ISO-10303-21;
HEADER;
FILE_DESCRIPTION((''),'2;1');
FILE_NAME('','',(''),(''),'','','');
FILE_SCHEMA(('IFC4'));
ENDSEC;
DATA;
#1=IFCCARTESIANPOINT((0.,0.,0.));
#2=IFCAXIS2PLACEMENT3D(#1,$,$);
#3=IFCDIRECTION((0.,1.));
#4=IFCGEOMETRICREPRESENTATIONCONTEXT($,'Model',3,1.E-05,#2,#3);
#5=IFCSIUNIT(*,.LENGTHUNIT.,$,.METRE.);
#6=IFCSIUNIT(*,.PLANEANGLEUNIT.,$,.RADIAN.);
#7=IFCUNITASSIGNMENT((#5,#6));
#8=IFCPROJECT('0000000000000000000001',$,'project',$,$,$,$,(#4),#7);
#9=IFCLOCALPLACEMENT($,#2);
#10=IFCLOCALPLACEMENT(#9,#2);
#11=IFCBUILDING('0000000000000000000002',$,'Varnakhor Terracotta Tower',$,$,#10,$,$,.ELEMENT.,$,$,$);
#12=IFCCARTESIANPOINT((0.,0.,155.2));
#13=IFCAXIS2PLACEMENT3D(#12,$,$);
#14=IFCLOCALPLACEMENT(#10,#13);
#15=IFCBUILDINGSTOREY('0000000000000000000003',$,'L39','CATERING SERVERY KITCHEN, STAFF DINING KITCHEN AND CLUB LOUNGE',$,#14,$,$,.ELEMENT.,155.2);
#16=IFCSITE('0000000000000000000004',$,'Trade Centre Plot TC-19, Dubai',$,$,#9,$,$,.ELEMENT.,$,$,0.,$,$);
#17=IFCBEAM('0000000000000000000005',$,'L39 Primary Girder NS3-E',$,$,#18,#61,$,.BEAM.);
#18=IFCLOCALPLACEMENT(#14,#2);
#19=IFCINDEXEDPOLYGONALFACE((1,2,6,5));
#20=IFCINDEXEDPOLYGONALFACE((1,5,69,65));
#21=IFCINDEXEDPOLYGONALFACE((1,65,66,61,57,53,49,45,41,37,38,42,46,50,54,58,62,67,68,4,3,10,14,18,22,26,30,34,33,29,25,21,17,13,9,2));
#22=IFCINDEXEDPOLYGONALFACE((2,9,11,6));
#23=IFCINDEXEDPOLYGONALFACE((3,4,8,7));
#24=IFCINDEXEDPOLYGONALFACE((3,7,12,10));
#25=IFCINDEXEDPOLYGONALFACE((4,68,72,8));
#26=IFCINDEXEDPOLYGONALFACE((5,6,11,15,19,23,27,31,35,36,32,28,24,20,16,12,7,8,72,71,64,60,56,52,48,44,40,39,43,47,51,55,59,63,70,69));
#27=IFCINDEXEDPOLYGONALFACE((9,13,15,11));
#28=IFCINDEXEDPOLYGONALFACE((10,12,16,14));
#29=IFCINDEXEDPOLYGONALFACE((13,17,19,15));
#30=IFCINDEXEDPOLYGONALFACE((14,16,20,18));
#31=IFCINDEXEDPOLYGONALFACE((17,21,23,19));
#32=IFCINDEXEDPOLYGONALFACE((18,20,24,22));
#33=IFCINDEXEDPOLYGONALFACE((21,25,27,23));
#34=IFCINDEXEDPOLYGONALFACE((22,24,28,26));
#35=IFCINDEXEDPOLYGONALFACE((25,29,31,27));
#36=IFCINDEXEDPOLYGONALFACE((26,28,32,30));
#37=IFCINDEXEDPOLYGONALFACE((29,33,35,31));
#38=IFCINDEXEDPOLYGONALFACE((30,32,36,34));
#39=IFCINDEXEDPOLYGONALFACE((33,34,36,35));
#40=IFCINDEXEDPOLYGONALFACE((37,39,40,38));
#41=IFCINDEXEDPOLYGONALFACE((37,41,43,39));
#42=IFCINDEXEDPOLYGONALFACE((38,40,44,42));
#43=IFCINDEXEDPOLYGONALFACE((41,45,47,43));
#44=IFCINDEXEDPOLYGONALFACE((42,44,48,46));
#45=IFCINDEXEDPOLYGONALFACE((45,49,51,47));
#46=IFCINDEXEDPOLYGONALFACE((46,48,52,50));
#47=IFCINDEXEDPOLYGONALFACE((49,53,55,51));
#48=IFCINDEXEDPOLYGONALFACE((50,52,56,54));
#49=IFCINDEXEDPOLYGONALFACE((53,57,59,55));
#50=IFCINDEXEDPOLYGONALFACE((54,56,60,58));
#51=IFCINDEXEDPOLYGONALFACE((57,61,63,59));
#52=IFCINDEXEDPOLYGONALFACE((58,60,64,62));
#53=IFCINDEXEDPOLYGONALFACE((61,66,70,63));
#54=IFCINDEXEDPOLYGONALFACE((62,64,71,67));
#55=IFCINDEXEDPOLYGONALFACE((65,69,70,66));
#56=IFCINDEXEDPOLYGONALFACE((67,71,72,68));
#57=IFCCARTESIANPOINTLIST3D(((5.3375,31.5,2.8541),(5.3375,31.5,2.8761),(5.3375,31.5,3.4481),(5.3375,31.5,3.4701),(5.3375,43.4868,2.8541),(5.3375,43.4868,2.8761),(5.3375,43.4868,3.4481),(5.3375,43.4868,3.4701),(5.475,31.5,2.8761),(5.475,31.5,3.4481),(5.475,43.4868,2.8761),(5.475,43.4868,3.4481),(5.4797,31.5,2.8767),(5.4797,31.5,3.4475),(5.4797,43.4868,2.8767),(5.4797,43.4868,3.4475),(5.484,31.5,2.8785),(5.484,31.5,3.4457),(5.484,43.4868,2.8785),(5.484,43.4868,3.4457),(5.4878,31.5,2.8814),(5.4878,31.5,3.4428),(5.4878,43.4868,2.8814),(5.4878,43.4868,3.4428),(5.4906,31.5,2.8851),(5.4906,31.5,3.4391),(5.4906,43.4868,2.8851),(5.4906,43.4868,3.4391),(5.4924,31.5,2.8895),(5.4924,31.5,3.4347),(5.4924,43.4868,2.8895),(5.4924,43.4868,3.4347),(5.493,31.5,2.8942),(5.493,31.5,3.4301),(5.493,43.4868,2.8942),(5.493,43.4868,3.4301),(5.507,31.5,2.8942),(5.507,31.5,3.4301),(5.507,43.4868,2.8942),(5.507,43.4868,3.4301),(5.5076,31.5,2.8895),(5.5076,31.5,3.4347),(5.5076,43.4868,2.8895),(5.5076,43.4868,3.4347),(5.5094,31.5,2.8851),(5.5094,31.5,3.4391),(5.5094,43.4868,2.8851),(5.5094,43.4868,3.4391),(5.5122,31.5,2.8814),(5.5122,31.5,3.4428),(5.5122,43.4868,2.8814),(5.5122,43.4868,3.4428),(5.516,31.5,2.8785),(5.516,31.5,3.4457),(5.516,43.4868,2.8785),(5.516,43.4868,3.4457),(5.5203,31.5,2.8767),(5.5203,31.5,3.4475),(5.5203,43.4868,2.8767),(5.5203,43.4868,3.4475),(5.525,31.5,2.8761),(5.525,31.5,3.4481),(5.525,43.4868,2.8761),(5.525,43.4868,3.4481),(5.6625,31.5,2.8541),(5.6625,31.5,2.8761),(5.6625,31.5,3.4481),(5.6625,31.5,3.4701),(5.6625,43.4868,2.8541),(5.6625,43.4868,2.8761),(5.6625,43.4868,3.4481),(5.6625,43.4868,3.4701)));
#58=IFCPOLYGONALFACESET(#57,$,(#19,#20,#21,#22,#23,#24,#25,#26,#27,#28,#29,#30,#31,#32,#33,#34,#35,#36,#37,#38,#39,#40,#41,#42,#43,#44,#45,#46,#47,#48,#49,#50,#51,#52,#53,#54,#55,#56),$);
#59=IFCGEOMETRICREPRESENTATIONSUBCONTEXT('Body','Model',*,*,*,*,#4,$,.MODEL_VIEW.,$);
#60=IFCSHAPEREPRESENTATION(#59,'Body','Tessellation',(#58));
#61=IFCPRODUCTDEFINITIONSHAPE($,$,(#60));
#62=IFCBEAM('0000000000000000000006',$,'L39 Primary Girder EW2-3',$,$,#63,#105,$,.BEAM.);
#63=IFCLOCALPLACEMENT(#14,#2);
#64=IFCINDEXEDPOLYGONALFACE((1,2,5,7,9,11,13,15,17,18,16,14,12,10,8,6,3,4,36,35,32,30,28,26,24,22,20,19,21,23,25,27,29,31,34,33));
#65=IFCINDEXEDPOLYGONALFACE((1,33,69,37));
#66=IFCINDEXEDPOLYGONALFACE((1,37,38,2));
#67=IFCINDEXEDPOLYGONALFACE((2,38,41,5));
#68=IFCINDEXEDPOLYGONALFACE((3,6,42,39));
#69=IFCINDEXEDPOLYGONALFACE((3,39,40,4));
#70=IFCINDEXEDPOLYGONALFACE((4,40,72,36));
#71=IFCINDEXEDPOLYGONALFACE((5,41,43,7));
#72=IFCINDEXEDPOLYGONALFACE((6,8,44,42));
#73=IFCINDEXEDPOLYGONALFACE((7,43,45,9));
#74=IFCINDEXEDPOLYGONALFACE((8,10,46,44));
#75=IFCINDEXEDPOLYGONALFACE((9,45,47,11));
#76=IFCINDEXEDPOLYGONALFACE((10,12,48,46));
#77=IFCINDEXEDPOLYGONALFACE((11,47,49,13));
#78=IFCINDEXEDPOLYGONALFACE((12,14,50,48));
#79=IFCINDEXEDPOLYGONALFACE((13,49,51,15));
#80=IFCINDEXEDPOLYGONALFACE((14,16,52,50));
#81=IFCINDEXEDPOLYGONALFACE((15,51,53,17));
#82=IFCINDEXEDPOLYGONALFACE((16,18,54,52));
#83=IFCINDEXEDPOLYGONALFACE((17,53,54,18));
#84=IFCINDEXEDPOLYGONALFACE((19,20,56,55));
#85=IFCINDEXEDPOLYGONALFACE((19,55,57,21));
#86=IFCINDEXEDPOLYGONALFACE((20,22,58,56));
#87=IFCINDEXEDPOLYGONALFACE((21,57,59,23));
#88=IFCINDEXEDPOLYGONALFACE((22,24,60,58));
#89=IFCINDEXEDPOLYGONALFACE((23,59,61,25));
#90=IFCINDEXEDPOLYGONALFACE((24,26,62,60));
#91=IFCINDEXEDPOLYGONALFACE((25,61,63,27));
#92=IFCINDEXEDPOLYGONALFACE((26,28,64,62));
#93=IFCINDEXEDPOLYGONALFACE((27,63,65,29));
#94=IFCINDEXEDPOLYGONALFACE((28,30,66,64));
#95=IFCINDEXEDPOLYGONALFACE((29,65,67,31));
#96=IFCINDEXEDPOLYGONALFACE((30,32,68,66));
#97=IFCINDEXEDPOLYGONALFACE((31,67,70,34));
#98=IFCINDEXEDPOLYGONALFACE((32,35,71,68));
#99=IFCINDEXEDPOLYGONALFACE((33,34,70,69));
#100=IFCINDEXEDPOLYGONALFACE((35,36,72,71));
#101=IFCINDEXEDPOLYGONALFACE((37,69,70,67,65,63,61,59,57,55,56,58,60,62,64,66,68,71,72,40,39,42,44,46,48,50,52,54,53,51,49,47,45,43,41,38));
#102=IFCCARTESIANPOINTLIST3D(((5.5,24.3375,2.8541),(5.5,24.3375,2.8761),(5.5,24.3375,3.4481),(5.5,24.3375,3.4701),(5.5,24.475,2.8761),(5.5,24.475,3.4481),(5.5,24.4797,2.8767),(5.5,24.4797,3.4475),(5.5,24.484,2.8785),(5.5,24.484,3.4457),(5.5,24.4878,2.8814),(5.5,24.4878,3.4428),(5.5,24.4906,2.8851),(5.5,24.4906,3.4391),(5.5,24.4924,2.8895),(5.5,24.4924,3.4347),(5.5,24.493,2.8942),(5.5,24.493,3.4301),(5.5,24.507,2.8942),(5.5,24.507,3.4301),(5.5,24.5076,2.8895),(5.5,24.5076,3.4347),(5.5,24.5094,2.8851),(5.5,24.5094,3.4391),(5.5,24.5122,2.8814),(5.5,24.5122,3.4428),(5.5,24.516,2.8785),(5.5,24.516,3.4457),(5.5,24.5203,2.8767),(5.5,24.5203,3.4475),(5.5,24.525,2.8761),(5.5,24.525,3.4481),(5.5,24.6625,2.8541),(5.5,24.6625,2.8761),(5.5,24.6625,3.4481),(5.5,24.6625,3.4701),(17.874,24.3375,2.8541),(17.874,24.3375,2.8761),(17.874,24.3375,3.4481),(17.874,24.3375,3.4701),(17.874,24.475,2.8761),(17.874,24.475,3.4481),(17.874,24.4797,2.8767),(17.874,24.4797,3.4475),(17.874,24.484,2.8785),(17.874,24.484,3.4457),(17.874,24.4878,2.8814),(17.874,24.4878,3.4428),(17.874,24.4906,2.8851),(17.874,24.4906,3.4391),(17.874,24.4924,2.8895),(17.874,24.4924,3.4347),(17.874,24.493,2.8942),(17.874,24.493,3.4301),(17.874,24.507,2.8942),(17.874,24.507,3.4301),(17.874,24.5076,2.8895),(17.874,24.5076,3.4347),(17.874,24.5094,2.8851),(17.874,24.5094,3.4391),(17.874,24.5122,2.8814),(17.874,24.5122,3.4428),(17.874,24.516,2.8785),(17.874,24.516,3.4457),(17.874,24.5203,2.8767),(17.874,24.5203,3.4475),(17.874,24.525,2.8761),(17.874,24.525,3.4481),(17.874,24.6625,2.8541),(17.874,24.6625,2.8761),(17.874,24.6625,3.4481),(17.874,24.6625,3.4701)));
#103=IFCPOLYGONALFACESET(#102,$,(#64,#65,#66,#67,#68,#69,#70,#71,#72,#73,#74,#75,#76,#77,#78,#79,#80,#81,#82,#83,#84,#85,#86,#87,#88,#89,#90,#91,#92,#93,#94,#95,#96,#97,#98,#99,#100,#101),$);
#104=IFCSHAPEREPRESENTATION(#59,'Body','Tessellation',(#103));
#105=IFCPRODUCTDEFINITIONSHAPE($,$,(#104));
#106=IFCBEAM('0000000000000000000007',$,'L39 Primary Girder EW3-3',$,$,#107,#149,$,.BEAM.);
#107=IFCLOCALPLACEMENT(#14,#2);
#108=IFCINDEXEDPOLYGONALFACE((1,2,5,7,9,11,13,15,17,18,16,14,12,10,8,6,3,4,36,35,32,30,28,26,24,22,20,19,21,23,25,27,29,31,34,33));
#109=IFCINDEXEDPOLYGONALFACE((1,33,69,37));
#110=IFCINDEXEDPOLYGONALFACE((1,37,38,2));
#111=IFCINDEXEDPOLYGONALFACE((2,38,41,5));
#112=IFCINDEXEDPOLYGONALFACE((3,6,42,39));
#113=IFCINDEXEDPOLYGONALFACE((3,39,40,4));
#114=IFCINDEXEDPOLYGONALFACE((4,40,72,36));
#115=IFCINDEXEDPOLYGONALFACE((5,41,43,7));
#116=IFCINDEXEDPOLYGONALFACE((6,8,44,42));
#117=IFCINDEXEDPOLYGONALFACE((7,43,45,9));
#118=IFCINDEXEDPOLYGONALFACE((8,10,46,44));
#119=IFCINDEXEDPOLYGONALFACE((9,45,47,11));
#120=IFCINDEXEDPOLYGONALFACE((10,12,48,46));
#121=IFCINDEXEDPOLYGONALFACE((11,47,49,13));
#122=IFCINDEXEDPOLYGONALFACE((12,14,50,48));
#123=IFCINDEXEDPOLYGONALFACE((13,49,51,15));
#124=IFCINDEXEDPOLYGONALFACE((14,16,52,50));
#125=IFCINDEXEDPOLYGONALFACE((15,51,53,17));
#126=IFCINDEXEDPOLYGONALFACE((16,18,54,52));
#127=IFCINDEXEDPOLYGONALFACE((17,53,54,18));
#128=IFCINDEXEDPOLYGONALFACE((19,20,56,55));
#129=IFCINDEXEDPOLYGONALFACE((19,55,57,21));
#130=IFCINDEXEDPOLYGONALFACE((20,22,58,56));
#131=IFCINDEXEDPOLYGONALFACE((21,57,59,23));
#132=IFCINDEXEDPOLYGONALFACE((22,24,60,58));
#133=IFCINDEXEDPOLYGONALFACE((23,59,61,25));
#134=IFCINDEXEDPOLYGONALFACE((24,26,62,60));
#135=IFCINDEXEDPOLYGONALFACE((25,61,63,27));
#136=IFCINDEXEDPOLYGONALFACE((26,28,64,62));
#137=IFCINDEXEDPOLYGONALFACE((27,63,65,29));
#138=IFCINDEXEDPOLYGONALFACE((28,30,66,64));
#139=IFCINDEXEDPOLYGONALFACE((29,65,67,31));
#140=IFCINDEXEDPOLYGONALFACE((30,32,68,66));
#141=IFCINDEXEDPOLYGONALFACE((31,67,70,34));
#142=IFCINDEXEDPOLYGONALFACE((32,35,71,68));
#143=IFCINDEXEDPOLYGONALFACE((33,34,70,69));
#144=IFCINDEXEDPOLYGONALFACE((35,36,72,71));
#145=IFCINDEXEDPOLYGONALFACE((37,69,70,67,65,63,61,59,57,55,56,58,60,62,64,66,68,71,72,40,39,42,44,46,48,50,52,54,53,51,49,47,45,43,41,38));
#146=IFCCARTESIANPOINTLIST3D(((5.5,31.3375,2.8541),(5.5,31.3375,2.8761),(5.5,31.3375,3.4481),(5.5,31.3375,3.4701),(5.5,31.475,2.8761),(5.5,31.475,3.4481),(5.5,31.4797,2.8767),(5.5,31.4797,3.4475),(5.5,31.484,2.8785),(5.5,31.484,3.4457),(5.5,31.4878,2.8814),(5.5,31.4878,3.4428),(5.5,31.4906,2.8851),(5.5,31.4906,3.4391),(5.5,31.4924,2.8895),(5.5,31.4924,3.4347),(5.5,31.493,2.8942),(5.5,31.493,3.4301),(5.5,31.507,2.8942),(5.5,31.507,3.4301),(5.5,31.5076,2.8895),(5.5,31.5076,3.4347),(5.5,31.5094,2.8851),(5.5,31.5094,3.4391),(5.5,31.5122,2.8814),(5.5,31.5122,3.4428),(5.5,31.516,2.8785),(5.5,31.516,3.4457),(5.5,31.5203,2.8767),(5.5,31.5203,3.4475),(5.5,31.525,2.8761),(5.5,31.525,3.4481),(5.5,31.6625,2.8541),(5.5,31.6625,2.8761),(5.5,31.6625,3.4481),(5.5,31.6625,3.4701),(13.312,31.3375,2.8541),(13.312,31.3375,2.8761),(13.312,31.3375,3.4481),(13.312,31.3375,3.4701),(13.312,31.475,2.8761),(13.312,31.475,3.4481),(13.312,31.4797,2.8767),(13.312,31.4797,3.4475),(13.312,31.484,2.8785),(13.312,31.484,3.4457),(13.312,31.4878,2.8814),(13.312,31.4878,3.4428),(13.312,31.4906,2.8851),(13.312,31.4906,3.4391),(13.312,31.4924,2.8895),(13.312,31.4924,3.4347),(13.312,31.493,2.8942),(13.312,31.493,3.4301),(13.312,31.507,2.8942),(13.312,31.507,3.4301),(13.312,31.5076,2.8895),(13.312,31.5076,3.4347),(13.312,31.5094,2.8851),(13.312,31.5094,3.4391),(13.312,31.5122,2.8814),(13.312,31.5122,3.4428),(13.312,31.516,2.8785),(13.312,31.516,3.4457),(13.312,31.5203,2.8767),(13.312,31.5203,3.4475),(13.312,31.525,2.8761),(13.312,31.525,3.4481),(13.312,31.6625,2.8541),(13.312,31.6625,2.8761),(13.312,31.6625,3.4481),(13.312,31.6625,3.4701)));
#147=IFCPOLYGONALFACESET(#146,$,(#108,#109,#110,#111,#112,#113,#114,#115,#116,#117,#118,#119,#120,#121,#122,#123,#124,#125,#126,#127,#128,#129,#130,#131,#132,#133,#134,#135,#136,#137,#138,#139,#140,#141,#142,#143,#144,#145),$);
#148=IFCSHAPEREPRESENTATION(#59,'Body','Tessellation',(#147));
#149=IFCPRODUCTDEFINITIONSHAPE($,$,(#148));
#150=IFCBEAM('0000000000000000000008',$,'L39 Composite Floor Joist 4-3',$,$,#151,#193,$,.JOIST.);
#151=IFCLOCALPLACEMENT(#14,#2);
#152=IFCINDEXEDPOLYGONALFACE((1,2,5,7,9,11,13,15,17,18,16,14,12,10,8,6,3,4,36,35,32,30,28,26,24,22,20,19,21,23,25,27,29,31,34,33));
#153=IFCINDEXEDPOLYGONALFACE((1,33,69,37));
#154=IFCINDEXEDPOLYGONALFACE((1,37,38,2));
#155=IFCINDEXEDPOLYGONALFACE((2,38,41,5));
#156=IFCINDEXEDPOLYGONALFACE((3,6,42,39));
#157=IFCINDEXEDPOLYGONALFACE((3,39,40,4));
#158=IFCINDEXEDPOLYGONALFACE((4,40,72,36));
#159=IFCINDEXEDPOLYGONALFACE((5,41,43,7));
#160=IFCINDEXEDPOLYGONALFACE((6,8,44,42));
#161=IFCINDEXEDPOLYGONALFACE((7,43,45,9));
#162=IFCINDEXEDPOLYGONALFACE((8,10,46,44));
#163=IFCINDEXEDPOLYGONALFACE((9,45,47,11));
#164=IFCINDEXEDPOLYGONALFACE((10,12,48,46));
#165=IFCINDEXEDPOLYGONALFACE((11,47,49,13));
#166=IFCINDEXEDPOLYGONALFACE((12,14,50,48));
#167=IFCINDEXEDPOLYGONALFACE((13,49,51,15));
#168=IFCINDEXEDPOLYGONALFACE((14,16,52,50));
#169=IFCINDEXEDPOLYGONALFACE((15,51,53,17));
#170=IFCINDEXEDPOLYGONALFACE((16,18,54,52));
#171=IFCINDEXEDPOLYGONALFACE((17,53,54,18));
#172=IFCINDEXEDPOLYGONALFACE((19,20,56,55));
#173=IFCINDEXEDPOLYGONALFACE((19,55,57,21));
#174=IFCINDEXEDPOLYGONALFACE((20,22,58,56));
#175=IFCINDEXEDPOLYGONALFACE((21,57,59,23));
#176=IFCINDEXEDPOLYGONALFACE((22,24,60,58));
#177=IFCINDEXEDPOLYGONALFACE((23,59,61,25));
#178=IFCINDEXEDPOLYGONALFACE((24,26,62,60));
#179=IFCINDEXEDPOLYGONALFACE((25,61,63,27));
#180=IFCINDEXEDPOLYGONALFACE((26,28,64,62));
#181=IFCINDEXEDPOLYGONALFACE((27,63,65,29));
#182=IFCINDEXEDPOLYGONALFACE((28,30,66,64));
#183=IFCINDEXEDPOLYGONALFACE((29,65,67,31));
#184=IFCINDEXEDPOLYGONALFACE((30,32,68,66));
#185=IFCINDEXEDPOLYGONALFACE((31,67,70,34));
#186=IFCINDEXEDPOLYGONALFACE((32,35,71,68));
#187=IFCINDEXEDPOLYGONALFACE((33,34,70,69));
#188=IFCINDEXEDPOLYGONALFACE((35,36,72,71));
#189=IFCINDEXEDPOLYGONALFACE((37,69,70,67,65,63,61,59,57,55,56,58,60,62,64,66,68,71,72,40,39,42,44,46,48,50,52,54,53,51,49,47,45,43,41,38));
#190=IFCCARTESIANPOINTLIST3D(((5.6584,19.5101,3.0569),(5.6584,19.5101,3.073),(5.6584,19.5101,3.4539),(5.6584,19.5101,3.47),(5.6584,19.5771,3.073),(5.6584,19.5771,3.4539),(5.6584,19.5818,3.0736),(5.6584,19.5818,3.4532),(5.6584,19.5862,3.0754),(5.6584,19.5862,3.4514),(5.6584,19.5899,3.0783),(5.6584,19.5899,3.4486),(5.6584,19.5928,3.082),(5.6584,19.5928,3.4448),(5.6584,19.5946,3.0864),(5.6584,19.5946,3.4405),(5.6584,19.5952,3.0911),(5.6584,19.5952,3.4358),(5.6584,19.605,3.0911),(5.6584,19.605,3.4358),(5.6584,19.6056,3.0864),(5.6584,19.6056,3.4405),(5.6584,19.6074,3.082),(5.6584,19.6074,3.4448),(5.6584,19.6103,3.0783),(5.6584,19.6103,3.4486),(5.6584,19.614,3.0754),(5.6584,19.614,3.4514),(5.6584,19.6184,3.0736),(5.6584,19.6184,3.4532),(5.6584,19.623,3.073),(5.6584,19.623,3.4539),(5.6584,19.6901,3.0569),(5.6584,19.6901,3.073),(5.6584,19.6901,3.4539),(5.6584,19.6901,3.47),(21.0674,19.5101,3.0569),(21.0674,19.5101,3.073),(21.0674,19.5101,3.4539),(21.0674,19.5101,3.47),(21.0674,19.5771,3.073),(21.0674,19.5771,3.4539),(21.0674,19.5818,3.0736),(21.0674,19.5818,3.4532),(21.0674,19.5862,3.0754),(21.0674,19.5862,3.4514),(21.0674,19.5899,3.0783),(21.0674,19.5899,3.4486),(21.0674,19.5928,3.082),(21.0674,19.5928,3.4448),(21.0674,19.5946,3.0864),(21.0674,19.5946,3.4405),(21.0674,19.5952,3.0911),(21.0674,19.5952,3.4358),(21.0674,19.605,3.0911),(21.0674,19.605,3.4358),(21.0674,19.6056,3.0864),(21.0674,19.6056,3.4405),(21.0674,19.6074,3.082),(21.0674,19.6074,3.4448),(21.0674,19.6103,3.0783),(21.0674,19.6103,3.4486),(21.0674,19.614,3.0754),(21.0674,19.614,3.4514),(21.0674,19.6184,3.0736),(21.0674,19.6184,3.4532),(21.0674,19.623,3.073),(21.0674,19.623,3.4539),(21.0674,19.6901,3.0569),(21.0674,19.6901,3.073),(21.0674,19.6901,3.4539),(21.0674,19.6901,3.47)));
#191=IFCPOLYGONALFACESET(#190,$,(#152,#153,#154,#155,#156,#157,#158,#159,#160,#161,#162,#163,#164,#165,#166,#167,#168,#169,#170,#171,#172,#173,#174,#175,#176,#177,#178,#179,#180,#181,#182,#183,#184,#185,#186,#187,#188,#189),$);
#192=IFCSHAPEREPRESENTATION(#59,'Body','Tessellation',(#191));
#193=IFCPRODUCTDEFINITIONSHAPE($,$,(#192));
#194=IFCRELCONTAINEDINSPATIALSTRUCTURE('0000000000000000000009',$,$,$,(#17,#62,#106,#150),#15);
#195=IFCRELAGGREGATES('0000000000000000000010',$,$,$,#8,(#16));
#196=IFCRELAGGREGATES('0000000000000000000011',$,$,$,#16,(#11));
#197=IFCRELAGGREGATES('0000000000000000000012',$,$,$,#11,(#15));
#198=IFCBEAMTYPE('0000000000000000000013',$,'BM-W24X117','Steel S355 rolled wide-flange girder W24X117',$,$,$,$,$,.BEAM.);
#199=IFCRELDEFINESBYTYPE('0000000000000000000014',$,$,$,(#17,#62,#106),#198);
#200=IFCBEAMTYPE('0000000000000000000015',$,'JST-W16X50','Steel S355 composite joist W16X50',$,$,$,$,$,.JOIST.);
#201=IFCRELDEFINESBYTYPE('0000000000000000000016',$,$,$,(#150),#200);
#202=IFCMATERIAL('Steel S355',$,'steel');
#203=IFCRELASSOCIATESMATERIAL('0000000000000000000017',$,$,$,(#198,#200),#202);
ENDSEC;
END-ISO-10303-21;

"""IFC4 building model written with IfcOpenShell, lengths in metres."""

from ifc_helpers import new_model, si_unit, direction, frame, origin, origin_2d, place, context, subcontext, project, spatial, i_section, extrude, source, transform, mapped, material, material_profile, profile_set, type_object, element, save


model = new_model("IFC4")

# Units and contexts
model_context = context("Model", 3, precision=1e-05, world=origin(), true_north=direction((0.0, 1.0)))
body_context = subcontext(model_context, "Body", "Model", "MODEL_VIEW")
ifc_project = project(units=[si_unit("LENGTHUNIT", "METRE"), si_unit("PLANEANGLEUNIT", "RADIAN")], contexts=[model_context])

# Site, building, storey
site_placement = place(None, origin())
site = spatial("IfcSite", under=ifc_project, at=site_placement, Name="Trade Centre Plot TC-19, Dubai", CompositionType="ELEMENT", RefElevation=0.0)
building_placement = place(site_placement, origin())
building = spatial("IfcBuilding", under=site, at=building_placement, Name="Varnakhor Terracotta Tower", CompositionType="ELEMENT")
storey_placement = place(building_placement, frame((0.0, 0.0, 155.2)))
storey = spatial("IfcBuildingStorey", under=building, at=storey_placement, Name="L39", Description="CATERING SERVERY KITCHEN, STAFF DINING KITCHEN AND CLUB LOUNGE", CompositionType="ELEMENT", Elevation=155.2)

# Beams
ifc_material_1 = material(Name="Steel S355", Category="steel")
ifc_material_profile_1 = material_profile(ifc_material_1, i_section(OverallWidth=0.325, OverallDepth=0.616, WebThickness=0.0139, FlangeThickness=0.022, FilletRadius=0.0181, at=origin_2d()), Name="W24X117")
ifc_profile_set_1 = profile_set([ifc_material_profile_1], Name="Steel S355")
beam_type_1 = type_object("IfcBeamType", Name="BM-W24X117", Description="Steel S355 rolled wide-flange girder W24X117", PredefinedType="BEAM", material=ifc_profile_set_1)
shared_shape_1 = source(origin(), body_context, "Body", "SweptSolid", [
    extrude(i_section(OverallWidth=0.325, OverallDepth=0.616, WebThickness=0.0139, FlangeThickness=0.022, FilletRadius=0.0181, at=origin_2d()), origin(), (0.0, 0.0, 1.0), 11.9868),
])
beam_1_placement = place(storey_placement, frame((5.5, 31.5, 3.1621), z_axis=(0.0, 1.0, 0.0), x_axis=(-1.0, 0.0, 0.0)))
element("IfcBeam", 1, at=beam_1_placement, inside=storey, type_object=beam_type_1, Name="L39 Primary Girder NS3-E", PredefinedType="BEAM", context=body_context, shape_type="MappedRepresentation", body=[
    mapped(shared_shape_1, transform((0.0, 0.0, 0.0), scale=1.0)),
])
shared_shape_2 = source(origin(), body_context, "Body", "SweptSolid", [
    extrude(i_section(OverallWidth=0.325, OverallDepth=0.616, WebThickness=0.0139, FlangeThickness=0.022, FilletRadius=0.0181, at=origin_2d()), origin(), (0.0, 0.0, 1.0), 12.374),
])
beam_2_placement = place(storey_placement, frame((5.5, 24.5, 3.1621), z_axis=(1.0, 0.0, 0.0), x_axis=(0.0, 1.0, 0.0)))
element("IfcBeam", 2, at=beam_2_placement, inside=storey, type_object=beam_type_1, Name="L39 Primary Girder EW2-3", PredefinedType="BEAM", context=body_context, shape_type="MappedRepresentation", body=[
    mapped(shared_shape_2, transform((0.0, 0.0, 0.0), scale=1.0)),
])
shared_shape_3 = source(origin(), body_context, "Body", "SweptSolid", [
    extrude(i_section(OverallWidth=0.325, OverallDepth=0.616, WebThickness=0.0139, FlangeThickness=0.022, FilletRadius=0.0181, at=origin_2d()), origin(), (0.0, 0.0, 1.0), 7.812),
])
beam_3_placement = place(storey_placement, frame((5.5, 31.5, 3.1621), z_axis=(1.0, 0.0, 0.0), x_axis=(0.0, 1.0, 0.0)))
element("IfcBeam", 3, at=beam_3_placement, inside=storey, type_object=beam_type_1, Name="L39 Primary Girder EW3-3", PredefinedType="BEAM", context=body_context, shape_type="MappedRepresentation", body=[
    mapped(shared_shape_3, transform((0.0, 0.0, 0.0), scale=1.0)),
])
ifc_material_profile_2 = material_profile(ifc_material_1, i_section(OverallWidth=0.1799, OverallDepth=0.4131, WebThickness=0.0098, FlangeThickness=0.0161, FilletRadius=0.0181, at=origin_2d()), Name="W16X50")
ifc_profile_set_2 = profile_set([ifc_material_profile_2], Name="Steel S355")
beam_type_2 = type_object("IfcBeamType", Name="JST-W16X50", Description="Steel S355 composite joist W16X50", PredefinedType="JOIST", material=ifc_profile_set_2)
shared_shape_4 = source(origin(), body_context, "Body", "SweptSolid", [
    extrude(i_section(OverallWidth=0.1799, OverallDepth=0.4131, WebThickness=0.0098, FlangeThickness=0.0161, FilletRadius=0.0181, at=origin_2d()), origin(), (0.0, 0.0, 1.0), 15.4089),
])
beam_4_placement = place(storey_placement, frame((5.6584, 19.6001, 3.2634), z_axis=(1.0, 0.0, 0.0), x_axis=(0.0, 1.0, 0.0)))
element("IfcBeam", 4, at=beam_4_placement, inside=storey, type_object=beam_type_2, Name="L39 Composite Floor Joist 4-3", PredefinedType="JOIST", context=body_context, shape_type="MappedRepresentation", body=[
    mapped(shared_shape_4, transform((0.0, 0.0, 0.0), scale=1.0)),
])

save(model, "model.ifc")
